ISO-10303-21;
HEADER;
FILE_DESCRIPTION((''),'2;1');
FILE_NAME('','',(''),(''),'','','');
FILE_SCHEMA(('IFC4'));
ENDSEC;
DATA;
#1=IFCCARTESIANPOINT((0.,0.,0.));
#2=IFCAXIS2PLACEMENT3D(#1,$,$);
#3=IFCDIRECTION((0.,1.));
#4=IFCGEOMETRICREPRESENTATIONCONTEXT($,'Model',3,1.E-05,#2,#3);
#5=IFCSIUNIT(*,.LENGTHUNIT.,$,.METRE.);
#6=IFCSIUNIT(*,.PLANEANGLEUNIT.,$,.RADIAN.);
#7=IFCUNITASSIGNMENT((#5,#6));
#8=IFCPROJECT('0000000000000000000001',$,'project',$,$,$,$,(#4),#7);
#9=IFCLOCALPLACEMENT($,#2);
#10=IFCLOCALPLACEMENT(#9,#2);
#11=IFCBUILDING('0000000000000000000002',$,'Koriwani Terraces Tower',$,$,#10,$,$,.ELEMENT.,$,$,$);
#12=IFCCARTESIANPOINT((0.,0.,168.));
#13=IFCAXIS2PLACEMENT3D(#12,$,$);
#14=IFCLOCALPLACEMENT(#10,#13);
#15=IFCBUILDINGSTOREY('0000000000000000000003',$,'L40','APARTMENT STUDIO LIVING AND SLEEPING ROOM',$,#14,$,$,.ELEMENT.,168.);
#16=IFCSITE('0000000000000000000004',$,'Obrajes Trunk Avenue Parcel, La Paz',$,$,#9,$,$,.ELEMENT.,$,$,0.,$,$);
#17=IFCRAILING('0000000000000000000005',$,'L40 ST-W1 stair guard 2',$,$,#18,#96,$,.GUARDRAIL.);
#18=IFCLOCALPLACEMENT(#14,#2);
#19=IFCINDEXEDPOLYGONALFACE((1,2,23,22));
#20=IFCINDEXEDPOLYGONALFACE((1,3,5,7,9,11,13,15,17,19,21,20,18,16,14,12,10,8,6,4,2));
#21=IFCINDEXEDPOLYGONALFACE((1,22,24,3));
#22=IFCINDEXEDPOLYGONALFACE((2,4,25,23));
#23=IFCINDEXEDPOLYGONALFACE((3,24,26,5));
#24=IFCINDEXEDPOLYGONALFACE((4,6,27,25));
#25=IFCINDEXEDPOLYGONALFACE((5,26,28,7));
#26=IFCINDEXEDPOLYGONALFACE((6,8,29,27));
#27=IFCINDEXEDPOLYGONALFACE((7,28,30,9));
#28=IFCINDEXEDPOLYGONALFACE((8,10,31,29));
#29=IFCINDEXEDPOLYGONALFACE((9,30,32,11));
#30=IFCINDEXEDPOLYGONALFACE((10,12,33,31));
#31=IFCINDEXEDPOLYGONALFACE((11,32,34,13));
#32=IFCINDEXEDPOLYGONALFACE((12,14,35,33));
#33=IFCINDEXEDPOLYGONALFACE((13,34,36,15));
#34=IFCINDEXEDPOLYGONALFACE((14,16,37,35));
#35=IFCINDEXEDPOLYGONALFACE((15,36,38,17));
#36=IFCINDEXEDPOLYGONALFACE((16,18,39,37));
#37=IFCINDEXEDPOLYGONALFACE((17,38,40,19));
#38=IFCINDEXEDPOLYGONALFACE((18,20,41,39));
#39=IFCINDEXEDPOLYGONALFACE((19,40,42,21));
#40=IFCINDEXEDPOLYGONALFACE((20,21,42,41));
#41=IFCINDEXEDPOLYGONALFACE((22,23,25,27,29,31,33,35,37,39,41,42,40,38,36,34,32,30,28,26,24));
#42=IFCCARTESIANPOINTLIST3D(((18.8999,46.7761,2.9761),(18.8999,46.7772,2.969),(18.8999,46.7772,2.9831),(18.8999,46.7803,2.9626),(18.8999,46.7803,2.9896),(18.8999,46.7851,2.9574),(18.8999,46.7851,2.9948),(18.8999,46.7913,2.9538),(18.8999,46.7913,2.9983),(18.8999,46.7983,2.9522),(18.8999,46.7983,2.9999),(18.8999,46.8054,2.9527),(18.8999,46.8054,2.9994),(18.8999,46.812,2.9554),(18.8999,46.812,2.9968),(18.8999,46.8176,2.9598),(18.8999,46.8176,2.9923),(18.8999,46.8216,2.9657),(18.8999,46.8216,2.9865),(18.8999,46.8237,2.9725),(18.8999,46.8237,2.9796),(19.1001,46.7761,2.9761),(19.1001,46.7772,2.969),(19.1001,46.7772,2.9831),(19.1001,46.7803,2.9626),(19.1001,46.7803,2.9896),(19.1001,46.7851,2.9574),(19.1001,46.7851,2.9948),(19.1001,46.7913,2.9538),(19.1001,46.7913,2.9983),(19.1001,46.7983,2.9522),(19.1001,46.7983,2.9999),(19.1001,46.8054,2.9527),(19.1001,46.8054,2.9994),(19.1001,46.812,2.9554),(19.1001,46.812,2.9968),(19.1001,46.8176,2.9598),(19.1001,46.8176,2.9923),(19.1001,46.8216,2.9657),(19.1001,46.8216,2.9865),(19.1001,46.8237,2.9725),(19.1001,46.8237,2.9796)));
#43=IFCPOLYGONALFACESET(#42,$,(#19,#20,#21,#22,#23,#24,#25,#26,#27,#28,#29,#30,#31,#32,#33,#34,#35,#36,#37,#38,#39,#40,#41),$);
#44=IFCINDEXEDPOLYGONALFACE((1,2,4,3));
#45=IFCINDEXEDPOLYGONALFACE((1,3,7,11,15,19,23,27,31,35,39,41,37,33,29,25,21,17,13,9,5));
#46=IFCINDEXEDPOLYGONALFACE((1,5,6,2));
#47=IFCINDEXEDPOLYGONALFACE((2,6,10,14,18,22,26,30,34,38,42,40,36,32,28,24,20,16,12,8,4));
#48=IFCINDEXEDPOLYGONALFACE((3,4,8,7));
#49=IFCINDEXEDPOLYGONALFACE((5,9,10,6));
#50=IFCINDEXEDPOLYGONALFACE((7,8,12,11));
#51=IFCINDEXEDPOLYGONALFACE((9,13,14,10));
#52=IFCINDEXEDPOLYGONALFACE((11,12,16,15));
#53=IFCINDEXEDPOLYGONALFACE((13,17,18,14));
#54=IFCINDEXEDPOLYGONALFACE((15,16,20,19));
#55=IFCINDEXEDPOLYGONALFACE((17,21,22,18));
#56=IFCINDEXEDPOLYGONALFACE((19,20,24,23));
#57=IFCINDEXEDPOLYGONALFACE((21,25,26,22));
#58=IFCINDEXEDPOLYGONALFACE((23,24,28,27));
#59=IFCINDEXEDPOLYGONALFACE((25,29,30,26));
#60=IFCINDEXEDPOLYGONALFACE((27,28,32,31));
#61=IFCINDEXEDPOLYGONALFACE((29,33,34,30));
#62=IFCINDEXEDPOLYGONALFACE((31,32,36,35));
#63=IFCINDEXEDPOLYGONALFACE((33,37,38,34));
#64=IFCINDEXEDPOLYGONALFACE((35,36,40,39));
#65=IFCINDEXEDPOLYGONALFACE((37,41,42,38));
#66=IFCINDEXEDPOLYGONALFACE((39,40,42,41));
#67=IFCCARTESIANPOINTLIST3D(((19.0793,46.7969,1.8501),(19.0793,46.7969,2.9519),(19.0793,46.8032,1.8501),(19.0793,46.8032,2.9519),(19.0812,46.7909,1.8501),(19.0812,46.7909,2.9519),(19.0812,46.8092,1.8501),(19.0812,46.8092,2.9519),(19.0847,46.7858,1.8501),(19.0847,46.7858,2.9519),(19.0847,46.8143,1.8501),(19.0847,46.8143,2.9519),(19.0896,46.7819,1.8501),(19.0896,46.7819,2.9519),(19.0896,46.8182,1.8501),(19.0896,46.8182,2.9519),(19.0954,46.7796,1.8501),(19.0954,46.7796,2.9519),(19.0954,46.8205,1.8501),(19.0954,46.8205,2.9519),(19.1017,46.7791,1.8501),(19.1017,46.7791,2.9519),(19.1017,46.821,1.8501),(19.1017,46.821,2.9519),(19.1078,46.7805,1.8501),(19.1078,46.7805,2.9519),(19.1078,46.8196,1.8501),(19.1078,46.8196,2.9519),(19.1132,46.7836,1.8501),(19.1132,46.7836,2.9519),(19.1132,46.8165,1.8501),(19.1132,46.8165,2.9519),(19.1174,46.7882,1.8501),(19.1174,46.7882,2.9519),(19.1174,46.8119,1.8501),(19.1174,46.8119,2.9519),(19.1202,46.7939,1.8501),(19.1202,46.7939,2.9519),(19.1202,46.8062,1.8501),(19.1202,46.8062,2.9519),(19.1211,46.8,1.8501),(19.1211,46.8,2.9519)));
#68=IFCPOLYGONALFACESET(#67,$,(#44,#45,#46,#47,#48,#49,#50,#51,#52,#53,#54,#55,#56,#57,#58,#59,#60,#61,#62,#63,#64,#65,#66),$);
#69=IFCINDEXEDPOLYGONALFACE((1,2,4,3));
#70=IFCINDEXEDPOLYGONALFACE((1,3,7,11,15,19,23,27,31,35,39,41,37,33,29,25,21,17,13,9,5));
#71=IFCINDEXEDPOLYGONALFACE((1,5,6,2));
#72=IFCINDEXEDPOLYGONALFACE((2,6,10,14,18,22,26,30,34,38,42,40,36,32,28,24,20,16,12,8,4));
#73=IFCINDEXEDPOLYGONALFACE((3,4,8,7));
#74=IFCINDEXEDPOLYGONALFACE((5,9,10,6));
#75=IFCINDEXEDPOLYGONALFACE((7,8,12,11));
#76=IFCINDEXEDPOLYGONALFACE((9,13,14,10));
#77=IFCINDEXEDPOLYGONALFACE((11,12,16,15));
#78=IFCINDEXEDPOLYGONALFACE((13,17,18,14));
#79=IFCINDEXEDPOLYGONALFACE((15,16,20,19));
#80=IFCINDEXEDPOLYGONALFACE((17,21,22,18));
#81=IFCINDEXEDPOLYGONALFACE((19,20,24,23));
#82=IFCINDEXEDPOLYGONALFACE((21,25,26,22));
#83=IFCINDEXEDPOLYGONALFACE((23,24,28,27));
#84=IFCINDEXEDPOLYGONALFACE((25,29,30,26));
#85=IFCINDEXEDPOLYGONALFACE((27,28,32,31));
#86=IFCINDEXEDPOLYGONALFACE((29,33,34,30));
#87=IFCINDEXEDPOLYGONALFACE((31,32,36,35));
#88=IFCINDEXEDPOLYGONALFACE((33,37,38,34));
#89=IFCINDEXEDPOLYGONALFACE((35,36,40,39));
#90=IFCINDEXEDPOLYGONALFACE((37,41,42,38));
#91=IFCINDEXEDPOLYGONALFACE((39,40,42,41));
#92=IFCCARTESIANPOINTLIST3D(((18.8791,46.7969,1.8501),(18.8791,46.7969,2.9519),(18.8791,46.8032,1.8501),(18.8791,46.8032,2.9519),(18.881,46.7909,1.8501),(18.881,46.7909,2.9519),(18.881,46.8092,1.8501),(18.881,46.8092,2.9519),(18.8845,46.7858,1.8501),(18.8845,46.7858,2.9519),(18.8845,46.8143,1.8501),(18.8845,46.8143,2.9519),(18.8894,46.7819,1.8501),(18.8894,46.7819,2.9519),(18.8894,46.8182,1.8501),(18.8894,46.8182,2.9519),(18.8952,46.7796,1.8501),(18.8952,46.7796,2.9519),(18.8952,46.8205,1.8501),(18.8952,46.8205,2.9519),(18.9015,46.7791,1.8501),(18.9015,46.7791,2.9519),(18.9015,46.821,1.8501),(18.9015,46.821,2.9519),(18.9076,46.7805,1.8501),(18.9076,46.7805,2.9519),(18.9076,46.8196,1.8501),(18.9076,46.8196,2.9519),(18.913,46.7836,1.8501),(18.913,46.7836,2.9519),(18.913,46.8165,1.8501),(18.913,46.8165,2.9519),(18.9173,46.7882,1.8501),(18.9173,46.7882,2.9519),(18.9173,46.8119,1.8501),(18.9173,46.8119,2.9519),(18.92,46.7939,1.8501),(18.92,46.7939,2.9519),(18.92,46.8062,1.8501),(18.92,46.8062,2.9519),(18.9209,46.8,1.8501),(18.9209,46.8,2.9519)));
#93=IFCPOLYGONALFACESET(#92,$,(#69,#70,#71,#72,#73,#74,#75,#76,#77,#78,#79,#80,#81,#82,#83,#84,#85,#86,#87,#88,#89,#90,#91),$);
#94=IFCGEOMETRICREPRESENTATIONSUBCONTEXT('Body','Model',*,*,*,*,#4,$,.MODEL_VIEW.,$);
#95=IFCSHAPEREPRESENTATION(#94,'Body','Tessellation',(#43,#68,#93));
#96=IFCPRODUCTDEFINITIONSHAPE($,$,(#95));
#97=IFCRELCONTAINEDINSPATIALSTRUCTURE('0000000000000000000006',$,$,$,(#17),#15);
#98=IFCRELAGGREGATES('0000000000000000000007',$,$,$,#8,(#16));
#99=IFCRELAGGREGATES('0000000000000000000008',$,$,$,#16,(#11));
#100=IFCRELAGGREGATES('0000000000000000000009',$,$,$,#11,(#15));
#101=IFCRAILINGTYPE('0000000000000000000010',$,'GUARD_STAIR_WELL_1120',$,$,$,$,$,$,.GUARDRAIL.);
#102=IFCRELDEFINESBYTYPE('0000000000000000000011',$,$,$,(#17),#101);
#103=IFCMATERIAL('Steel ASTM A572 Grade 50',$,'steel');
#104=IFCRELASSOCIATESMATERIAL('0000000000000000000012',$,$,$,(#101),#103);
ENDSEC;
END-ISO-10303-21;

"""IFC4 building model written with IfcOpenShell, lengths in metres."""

from ifc_helpers import new_model, si_unit, direction, frame, origin, origin_2d, place, context, subcontext, project, spatial, circle, extrude, material, type_object, element, save


model = new_model("IFC4")

# Units and contexts
model_context = context("Model", 3, precision=1e-05, world=origin(), true_north=direction((0.0, 1.0)))
body_context = subcontext(model_context, "Body", "Model", "MODEL_VIEW")
ifc_project = project(units=[si_unit("LENGTHUNIT", "METRE"), si_unit("PLANEANGLEUNIT", "RADIAN")], contexts=[model_context])

# Site, building, storey
site_placement = place(None, origin())
site = spatial("IfcSite", under=ifc_project, at=site_placement, Name="Obrajes Trunk Avenue Parcel, La Paz", CompositionType="ELEMENT", RefElevation=0.0)
building_placement = place(site_placement, origin())
building = spatial("IfcBuilding", under=site, at=building_placement, Name="Koriwani Terraces Tower", CompositionType="ELEMENT")
storey_placement = place(building_placement, frame((0.0, 0.0, 168.0)))
storey = spatial("IfcBuildingStorey", under=building, at=storey_placement, Name="L40", Description="APARTMENT STUDIO LIVING AND SLEEPING ROOM", CompositionType="ELEMENT", Elevation=168.0)

# Shared definitions
ifc_material_1 = material(Name="Steel ASTM A572 Grade 50", Category="steel")

# Railing
railing_type_1 = type_object("IfcRailingType", Name="GUARD_STAIR_WELL_1120", PredefinedType="GUARDRAIL", material=ifc_material_1)
railing_1_placement = place(storey_placement, frame((19.1001, 46.8, 1.8501)))
element("IfcRailing", 1, at=railing_1_placement, inside=storey, type_object=railing_type_1, Name="L40 ST-W1 stair guard 2", PredefinedType="GUARDRAIL", context=body_context, shape_type="SweptSolid", body=[
    extrude(circle(Radius=0.0239, at=origin_2d()), frame((0.0, 0.0, 1.126), z_axis=(-1.0, 0.0, 0.0), x_axis=(0.0, -1.0, 0.0)), (0.0, 0.0, 1.0), 0.2002),
    extrude(circle(Radius=0.021, at=origin_2d()), origin(), (0.0, 0.0, 1.0), 1.1018),
    extrude(circle(Radius=0.021, at=origin_2d()), frame((-0.2002, 0.0, 0.0)), (0.0, 0.0, 1.0), 1.1018),
])

save(model, "model.ifc")
